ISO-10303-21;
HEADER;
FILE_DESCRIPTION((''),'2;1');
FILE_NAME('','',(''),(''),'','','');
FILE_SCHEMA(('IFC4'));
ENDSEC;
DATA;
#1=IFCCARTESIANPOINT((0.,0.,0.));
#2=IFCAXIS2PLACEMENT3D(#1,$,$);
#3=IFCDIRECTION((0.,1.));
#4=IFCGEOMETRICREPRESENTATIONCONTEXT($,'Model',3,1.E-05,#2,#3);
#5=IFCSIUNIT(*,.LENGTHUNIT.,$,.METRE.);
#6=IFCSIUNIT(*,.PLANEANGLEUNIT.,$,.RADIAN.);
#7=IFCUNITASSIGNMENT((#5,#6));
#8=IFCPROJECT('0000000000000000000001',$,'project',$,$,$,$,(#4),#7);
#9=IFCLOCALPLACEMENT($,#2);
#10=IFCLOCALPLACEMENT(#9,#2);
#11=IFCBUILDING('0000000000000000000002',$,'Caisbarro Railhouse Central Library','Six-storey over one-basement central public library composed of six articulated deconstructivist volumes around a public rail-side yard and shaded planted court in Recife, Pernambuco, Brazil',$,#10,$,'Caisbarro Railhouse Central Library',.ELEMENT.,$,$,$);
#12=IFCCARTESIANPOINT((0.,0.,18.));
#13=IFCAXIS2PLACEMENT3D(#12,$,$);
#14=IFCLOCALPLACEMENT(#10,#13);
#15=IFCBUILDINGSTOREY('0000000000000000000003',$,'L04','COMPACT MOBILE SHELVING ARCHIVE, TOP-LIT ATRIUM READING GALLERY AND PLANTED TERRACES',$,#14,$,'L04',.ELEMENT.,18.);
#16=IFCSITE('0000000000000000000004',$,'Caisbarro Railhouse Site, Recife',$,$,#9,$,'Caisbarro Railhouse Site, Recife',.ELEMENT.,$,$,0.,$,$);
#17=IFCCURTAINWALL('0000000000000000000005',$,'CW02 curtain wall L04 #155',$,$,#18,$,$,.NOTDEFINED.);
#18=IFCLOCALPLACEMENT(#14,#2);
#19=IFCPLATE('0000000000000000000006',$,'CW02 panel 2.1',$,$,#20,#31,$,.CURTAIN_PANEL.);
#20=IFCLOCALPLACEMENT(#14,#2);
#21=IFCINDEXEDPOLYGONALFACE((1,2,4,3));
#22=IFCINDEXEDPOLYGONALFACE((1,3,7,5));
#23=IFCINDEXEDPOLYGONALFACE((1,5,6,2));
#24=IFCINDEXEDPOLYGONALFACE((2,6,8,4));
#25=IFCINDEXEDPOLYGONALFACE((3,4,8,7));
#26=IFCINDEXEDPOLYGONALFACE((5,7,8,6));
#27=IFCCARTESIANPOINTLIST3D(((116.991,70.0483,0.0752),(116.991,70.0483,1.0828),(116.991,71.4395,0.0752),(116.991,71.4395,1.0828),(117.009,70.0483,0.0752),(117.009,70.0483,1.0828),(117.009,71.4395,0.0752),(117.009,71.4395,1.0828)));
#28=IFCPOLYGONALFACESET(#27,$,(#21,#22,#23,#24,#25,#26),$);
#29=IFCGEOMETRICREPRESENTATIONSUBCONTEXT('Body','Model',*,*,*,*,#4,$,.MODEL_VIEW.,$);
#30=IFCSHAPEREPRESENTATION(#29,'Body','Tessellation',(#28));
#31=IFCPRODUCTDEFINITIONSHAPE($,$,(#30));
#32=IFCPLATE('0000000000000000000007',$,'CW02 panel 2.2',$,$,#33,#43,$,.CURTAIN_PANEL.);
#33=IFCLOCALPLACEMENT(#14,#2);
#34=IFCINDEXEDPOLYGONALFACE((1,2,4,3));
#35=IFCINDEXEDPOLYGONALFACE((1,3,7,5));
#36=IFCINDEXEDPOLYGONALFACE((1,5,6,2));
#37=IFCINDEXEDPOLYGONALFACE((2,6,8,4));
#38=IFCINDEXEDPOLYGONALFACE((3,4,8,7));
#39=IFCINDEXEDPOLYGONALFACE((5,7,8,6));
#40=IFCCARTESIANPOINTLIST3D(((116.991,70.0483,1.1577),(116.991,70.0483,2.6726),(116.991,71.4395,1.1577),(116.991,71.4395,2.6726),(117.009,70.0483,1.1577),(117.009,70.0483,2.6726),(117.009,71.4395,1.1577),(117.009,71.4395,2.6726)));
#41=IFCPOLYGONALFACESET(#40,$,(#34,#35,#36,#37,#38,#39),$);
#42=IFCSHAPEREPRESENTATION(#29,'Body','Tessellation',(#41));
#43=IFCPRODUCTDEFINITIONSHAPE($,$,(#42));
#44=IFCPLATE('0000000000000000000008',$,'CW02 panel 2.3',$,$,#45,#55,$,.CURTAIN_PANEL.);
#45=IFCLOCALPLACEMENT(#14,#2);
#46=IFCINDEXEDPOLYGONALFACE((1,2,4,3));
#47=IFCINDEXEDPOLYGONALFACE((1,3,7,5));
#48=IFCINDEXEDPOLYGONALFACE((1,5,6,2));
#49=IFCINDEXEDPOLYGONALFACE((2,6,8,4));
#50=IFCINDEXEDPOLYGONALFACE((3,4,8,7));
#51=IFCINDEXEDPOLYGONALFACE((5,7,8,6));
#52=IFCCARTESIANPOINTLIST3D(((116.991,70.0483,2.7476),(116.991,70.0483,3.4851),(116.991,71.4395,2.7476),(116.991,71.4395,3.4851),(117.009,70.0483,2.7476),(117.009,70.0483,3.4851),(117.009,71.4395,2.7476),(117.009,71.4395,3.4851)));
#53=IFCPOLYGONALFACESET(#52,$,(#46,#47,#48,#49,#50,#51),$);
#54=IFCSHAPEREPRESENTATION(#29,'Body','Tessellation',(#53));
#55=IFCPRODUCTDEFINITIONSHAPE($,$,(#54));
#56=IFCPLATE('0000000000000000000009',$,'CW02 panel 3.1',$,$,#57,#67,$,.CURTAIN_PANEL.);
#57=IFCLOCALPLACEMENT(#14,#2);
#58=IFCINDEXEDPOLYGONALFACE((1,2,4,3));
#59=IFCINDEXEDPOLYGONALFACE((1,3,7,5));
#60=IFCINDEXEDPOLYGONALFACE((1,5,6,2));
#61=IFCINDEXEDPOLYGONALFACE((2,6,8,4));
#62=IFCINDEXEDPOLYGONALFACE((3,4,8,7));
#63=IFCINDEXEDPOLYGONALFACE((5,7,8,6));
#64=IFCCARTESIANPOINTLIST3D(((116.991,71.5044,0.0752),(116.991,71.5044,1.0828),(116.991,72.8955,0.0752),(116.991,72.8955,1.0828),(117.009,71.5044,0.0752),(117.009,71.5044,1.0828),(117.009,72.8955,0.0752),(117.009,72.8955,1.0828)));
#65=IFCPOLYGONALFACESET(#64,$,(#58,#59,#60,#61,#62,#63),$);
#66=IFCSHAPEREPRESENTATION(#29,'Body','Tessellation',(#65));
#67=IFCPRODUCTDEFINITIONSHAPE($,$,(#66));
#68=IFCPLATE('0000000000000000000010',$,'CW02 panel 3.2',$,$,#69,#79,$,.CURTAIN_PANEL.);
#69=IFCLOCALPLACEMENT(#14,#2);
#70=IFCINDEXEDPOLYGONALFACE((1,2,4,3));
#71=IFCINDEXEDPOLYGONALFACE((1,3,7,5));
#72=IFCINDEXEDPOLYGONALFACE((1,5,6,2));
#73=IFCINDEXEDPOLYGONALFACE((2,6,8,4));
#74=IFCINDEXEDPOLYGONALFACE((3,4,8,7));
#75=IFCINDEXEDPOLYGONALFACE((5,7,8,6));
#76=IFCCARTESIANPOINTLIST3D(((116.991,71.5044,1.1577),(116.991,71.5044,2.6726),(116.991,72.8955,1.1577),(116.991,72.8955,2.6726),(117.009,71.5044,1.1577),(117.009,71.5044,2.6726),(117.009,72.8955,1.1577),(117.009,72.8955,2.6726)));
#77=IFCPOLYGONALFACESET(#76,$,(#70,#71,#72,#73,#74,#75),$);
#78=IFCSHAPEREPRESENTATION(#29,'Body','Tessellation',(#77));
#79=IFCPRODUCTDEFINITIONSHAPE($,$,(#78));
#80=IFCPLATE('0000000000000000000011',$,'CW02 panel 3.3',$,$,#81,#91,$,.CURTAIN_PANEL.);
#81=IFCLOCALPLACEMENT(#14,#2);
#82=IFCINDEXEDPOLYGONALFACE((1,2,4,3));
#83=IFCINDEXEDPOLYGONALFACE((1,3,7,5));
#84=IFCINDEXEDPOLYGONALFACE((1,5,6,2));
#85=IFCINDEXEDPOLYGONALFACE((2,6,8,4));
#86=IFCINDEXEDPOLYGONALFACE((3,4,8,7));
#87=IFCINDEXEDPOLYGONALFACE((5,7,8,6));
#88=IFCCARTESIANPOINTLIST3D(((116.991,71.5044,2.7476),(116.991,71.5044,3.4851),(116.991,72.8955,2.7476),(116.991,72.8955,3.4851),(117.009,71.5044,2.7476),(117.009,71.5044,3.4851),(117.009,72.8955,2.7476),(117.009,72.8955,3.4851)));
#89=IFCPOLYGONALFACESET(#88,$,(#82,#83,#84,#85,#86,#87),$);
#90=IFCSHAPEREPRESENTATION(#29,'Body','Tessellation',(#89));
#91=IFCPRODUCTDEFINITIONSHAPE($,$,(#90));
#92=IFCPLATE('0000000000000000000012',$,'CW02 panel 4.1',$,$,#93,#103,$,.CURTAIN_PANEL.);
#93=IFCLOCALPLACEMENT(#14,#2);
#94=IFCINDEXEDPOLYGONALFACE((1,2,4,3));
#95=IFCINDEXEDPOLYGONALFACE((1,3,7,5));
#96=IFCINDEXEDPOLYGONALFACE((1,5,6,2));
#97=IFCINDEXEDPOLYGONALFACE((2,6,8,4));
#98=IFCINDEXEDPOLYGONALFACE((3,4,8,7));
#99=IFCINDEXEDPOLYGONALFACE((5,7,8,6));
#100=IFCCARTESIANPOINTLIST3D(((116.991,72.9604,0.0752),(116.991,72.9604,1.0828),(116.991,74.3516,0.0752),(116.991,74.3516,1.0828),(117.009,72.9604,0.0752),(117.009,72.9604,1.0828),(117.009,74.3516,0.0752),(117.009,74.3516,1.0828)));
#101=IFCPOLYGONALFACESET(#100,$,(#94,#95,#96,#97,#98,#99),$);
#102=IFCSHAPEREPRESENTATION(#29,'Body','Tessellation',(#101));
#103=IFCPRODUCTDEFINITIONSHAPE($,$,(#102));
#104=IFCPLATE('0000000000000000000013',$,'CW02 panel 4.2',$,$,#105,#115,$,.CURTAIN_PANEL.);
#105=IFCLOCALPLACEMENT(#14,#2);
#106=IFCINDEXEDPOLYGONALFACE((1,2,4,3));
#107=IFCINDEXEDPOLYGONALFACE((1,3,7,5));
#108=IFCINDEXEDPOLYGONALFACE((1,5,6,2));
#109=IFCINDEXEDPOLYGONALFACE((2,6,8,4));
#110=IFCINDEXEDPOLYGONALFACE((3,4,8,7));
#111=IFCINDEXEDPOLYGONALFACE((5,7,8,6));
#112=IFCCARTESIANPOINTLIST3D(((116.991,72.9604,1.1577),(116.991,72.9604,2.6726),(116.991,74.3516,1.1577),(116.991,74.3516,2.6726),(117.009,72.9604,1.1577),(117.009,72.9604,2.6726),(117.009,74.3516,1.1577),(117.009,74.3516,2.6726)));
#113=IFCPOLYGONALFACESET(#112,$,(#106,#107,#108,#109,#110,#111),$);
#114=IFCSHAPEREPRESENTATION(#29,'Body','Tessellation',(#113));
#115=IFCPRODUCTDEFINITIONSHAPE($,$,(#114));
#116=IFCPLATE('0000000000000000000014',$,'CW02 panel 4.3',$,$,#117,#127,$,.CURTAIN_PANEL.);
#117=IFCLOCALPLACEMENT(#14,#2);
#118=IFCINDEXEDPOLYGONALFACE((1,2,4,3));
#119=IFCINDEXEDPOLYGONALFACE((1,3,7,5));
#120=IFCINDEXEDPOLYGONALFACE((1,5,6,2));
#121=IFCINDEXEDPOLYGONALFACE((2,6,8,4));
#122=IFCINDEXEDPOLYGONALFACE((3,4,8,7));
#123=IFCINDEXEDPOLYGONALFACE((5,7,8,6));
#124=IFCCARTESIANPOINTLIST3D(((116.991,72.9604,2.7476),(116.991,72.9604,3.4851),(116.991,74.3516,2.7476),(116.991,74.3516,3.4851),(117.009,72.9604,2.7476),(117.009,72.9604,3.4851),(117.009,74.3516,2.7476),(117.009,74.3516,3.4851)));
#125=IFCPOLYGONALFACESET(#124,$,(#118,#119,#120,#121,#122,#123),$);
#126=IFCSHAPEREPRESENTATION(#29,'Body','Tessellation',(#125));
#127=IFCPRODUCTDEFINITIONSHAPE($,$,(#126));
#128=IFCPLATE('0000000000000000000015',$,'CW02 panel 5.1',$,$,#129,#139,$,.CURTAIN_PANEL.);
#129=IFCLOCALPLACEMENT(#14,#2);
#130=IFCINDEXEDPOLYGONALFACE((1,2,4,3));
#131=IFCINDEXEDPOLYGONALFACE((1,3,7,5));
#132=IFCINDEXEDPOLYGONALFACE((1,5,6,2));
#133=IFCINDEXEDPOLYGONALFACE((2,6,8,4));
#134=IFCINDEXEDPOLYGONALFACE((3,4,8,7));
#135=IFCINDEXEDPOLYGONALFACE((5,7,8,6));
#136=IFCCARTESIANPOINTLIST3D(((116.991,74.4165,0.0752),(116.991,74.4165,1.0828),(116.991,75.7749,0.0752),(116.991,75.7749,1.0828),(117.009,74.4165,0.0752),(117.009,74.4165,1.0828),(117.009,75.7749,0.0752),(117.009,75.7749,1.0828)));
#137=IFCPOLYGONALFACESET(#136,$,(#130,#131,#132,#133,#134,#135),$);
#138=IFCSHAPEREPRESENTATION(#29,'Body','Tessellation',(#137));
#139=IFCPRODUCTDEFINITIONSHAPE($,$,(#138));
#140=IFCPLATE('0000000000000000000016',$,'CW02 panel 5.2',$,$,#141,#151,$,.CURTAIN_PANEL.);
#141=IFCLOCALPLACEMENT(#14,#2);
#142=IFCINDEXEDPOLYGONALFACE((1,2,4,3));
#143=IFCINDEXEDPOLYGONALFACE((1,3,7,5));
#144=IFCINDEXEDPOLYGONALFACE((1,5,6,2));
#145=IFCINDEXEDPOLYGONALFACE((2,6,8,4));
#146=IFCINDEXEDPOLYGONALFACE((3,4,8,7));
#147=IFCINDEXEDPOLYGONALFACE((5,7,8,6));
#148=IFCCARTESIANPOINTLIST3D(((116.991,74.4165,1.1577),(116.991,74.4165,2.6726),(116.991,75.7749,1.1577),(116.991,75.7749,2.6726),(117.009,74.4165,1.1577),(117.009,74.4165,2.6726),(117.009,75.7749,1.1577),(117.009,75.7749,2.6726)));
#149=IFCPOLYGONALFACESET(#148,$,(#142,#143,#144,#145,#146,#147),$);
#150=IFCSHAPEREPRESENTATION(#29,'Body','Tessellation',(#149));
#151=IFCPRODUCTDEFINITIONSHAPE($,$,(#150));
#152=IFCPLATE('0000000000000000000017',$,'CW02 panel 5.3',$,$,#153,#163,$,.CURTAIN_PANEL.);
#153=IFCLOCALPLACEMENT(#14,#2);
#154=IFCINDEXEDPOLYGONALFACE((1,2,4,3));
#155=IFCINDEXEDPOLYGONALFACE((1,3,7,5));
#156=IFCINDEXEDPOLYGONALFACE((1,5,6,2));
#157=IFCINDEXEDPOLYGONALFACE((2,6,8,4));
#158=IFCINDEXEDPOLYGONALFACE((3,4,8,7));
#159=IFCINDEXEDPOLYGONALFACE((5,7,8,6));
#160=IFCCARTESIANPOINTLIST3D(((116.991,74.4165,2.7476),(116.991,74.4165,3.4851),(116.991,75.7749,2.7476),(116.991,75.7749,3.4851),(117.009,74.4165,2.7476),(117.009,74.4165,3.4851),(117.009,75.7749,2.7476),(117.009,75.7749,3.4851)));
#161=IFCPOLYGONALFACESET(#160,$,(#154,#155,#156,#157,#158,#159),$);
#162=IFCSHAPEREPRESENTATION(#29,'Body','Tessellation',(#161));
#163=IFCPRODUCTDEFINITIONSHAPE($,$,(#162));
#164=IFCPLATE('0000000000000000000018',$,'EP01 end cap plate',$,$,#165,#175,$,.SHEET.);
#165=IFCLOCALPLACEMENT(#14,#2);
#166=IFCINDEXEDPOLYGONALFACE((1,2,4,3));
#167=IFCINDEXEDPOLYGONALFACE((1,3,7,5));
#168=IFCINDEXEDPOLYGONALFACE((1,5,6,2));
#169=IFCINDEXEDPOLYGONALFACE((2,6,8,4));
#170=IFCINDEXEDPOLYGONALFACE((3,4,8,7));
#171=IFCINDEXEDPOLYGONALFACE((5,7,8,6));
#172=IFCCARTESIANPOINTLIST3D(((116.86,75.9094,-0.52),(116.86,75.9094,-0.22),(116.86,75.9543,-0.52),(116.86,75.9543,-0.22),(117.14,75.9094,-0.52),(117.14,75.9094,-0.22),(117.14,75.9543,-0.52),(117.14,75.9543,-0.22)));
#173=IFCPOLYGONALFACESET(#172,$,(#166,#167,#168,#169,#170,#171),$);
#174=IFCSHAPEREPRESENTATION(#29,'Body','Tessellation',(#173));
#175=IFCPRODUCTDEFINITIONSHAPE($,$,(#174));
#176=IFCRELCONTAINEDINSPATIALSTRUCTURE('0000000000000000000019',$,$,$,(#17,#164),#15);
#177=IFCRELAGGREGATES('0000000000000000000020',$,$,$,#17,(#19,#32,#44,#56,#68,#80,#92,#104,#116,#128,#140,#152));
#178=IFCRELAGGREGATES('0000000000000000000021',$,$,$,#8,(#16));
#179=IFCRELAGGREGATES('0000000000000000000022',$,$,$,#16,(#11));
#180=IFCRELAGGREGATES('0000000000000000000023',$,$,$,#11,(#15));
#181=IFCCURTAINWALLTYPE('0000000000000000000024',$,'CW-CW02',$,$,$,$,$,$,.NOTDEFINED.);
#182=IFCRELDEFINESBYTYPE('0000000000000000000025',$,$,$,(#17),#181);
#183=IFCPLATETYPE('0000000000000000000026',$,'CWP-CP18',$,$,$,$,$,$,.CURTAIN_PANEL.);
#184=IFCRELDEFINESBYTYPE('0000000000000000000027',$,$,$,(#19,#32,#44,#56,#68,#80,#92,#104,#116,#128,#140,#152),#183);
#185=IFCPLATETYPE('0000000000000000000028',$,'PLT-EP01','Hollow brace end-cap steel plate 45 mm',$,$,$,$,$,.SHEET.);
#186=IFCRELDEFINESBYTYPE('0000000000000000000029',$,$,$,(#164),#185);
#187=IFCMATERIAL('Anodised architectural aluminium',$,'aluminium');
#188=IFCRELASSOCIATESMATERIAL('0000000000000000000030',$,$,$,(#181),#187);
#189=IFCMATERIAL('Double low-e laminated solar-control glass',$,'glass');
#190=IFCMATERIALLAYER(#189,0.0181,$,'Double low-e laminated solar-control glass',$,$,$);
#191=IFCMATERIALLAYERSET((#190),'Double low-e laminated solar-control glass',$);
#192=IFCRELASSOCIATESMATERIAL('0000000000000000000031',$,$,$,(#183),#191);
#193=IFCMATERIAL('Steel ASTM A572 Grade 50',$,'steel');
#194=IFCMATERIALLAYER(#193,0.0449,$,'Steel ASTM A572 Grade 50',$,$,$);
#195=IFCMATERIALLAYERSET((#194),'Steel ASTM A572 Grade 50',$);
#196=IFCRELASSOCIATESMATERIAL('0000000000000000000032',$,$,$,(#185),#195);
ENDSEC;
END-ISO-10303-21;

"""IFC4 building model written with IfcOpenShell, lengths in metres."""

from ifc_helpers import new_model, si_unit, direction, frame, origin, origin_2d, place, context, subcontext, project, spatial, rectangle, extrude, material, layer, layer_set, type_object, element, aggregate, save


model = new_model("IFC4")

# Units and contexts
model_context = context("Model", 3, precision=1e-05, world=origin(), true_north=direction((0.0, 1.0)))
body_context = subcontext(model_context, "Body", "Model", "MODEL_VIEW")
ifc_project = project(units=[si_unit("LENGTHUNIT", "METRE"), si_unit("PLANEANGLEUNIT", "RADIAN")], contexts=[model_context])

# Site, building, storey
site_placement = place(None, origin())
site = spatial("IfcSite", under=ifc_project, at=site_placement, Name="Caisbarro Railhouse Site, Recife", LongName="Caisbarro Railhouse Site, Recife", CompositionType="ELEMENT", RefElevation=0.0)
building_placement = place(site_placement, origin())
building = spatial("IfcBuilding", under=site, at=building_placement, Name="Caisbarro Railhouse Central Library", Description="Six-storey over one-basement central public library composed of six articulated deconstructivist volumes around a public rail-side yard and shaded planted court in Recife, Pernambuco, Brazil", LongName="Caisbarro Railhouse Central Library", CompositionType="ELEMENT")
storey_placement = place(building_placement, frame((0.0, 0.0, 18.0)))
storey = spatial("IfcBuildingStorey", under=building, at=storey_placement, Name="L04", Description="COMPACT MOBILE SHELVING ARCHIVE, TOP-LIT ATRIUM READING GALLERY AND PLANTED TERRACES", LongName="L04", CompositionType="ELEMENT", Elevation=18.0)

# Curtain wall, plates
ifc_material_1 = material(Name="Anodised architectural aluminium", Category="aluminium")
curtain_wall_type = type_object("IfcCurtainWallType", Name="CW-CW02", PredefinedType="NOTDEFINED", material=ifc_material_1)
curtain_wall_placement = place(storey_placement, origin())
curtain_wall = element("IfcCurtainWall", 1, at=curtain_wall_placement, inside=storey, type_object=curtain_wall_type, Name="CW02 curtain wall L04 #155", PredefinedType="NOTDEFINED")
ifc_material_2 = material(Name="Double low-e laminated solar-control glass", Category="glass")
ifc_layer_1 = layer(ifc_material_2, 0.0181, Name="Double low-e laminated solar-control glass")
ifc_layer_set_1 = layer_set([ifc_layer_1], Name="Double low-e laminated solar-control glass")
plate_type_1 = type_object("IfcPlateType", Name="CWP-CP18", PredefinedType="CURTAIN_PANEL", material=ifc_layer_set_1)
plate_1_placement = place(storey_placement, frame((117.0, 70.7439, 0.0752), z_axis=(0.0, 0.0, 1.0), x_axis=(0.0, 1.0, 0.0)))
plate_1 = element("IfcPlate", 2, at=plate_1_placement, type_object=plate_type_1, Name="CW02 panel 2.1", PredefinedType="CURTAIN_PANEL", context=body_context, shape_type="SweptSolid", body=[
    extrude(rectangle(XDim=1.3911, YDim=0.0181, at=origin_2d()), origin(), (0.0, 0.0, 1.0), 1.0076),
])
plate_2_placement = place(storey_placement, frame((117.0, 70.7439, 1.1577), z_axis=(0.0, 0.0, 1.0), x_axis=(0.0, 1.0, 0.0)))
plate_2 = element("IfcPlate", 3, at=plate_2_placement, type_object=plate_type_1, Name="CW02 panel 2.2", PredefinedType="CURTAIN_PANEL", context=body_context, shape_type="SweptSolid", body=[
    extrude(rectangle(XDim=1.3911, YDim=0.0181, at=origin_2d()), origin(), (0.0, 0.0, 1.0), 1.5149),
])
plate_3_placement = place(storey_placement, frame((117.0, 70.7439, 2.7476), z_axis=(0.0, 0.0, 1.0), x_axis=(0.0, 1.0, 0.0)))
plate_3 = element("IfcPlate", 4, at=plate_3_placement, type_object=plate_type_1, Name="CW02 panel 2.3", PredefinedType="CURTAIN_PANEL", context=body_context, shape_type="SweptSolid", body=[
    extrude(rectangle(XDim=1.3911, YDim=0.0181, at=origin_2d()), origin(), (0.0, 0.0, 1.0), 0.7375),
])
plate_4_placement = place(storey_placement, frame((117.0, 72.2, 0.0752), z_axis=(0.0, 0.0, 1.0), x_axis=(0.0, 1.0, 0.0)))
plate_4 = element("IfcPlate", 5, at=plate_4_placement, type_object=plate_type_1, Name="CW02 panel 3.1", PredefinedType="CURTAIN_PANEL", context=body_context, shape_type="SweptSolid", body=[
    extrude(rectangle(XDim=1.3911, YDim=0.0181, at=origin_2d()), origin(), (0.0, 0.0, 1.0), 1.0076),
])
plate_5_placement = place(storey_placement, frame((117.0, 72.2, 1.1577), z_axis=(0.0, 0.0, 1.0), x_axis=(0.0, 1.0, 0.0)))
plate_5 = element("IfcPlate", 6, at=plate_5_placement, type_object=plate_type_1, Name="CW02 panel 3.2", PredefinedType="CURTAIN_PANEL", context=body_context, shape_type="SweptSolid", body=[
    extrude(rectangle(XDim=1.3911, YDim=0.0181, at=origin_2d()), origin(), (0.0, 0.0, 1.0), 1.5149),
])
plate_6_placement = place(storey_placement, frame((117.0, 72.2, 2.7476), z_axis=(0.0, 0.0, 1.0), x_axis=(0.0, 1.0, 0.0)))
plate_6 = element("IfcPlate", 7, at=plate_6_placement, type_object=plate_type_1, Name="CW02 panel 3.3", PredefinedType="CURTAIN_PANEL", context=body_context, shape_type="SweptSolid", body=[
    extrude(rectangle(XDim=1.3911, YDim=0.0181, at=origin_2d()), origin(), (0.0, 0.0, 1.0), 0.7375),
])
plate_7_placement = place(storey_placement, frame((117.0, 73.656, 0.0752), z_axis=(0.0, 0.0, 1.0), x_axis=(0.0, 1.0, 0.0)))
plate_7 = element("IfcPlate", 8, at=plate_7_placement, type_object=plate_type_1, Name="CW02 panel 4.1", PredefinedType="CURTAIN_PANEL", context=body_context, shape_type="SweptSolid", body=[
    extrude(rectangle(XDim=1.3911, YDim=0.0181, at=origin_2d()), origin(), (0.0, 0.0, 1.0), 1.0076),
])
plate_8_placement = place(storey_placement, frame((117.0, 73.656, 1.1577), z_axis=(0.0, 0.0, 1.0), x_axis=(0.0, 1.0, 0.0)))
plate_8 = element("IfcPlate", 9, at=plate_8_placement, type_object=plate_type_1, Name="CW02 panel 4.2", PredefinedType="CURTAIN_PANEL", context=body_context, shape_type="SweptSolid", body=[
    extrude(rectangle(XDim=1.3911, YDim=0.0181, at=origin_2d()), origin(), (0.0, 0.0, 1.0), 1.5149),
])
plate_9_placement = place(storey_placement, frame((117.0, 73.656, 2.7476), z_axis=(0.0, 0.0, 1.0), x_axis=(0.0, 1.0, 0.0)))
plate_9 = element("IfcPlate", 10, at=plate_9_placement, type_object=plate_type_1, Name="CW02 panel 4.3", PredefinedType="CURTAIN_PANEL", context=body_context, shape_type="SweptSolid", body=[
    extrude(rectangle(XDim=1.3911, YDim=0.0181, at=origin_2d()), origin(), (0.0, 0.0, 1.0), 0.7375),
])
plate_10_placement = place(storey_placement, frame((117.0, 75.0957, 0.0752), z_axis=(0.0, 0.0, 1.0), x_axis=(0.0, 1.0, 0.0)))
plate_10 = element("IfcPlate", 11, at=plate_10_placement, type_object=plate_type_1, Name="CW02 panel 5.1", PredefinedType="CURTAIN_PANEL", context=body_context, shape_type="SweptSolid", body=[
    extrude(rectangle(XDim=1.3584, YDim=0.0181, at=origin_2d()), origin(), (0.0, 0.0, 1.0), 1.0076),
])
plate_11_placement = place(storey_placement, frame((117.0, 75.0957, 1.1577), z_axis=(0.0, 0.0, 1.0), x_axis=(0.0, 1.0, 0.0)))
plate_11 = element("IfcPlate", 12, at=plate_11_placement, type_object=plate_type_1, Name="CW02 panel 5.2", PredefinedType="CURTAIN_PANEL", context=body_context, shape_type="SweptSolid", body=[
    extrude(rectangle(XDim=1.3584, YDim=0.0181, at=origin_2d()), origin(), (0.0, 0.0, 1.0), 1.5149),
])
plate_12_placement = place(storey_placement, frame((117.0, 75.0957, 2.7476), z_axis=(0.0, 0.0, 1.0), x_axis=(0.0, 1.0, 0.0)))
plate_12 = element("IfcPlate", 13, at=plate_12_placement, type_object=plate_type_1, Name="CW02 panel 5.3", PredefinedType="CURTAIN_PANEL", context=body_context, shape_type="SweptSolid", body=[
    extrude(rectangle(XDim=1.3584, YDim=0.0181, at=origin_2d()), origin(), (0.0, 0.0, 1.0), 0.7375),
])
aggregate(curtain_wall, [plate_1, plate_2, plate_3, plate_4, plate_5, plate_6, plate_7, plate_8, plate_9, plate_10, plate_11, plate_12])

# Plate
ifc_material_3 = material(Name="Steel ASTM A572 Grade 50", Category="steel")
ifc_layer_2 = layer(ifc_material_3, 0.0449, Name="Steel ASTM A572 Grade 50")
ifc_layer_set_2 = layer_set([ifc_layer_2], Name="Steel ASTM A572 Grade 50")
plate_type_2 = type_object("IfcPlateType", Name="PLT-EP01", Description="Hollow brace end-cap steel plate 45 mm", PredefinedType="SHEET", material=ifc_layer_set_2)
plate_13_placement = place(storey_placement, frame((117.0, 75.9319, -0.52), z_axis=(0.0, 0.0, 1.0), x_axis=(0.0, 1.0, 0.0)))
element("IfcPlate", 14, at=plate_13_placement, inside=storey, type_object=plate_type_2, Name="EP01 end cap plate", PredefinedType="SHEET", context=body_context, shape_type="SweptSolid", body=[
    extrude(rectangle(XDim=0.0449, YDim=0.28, at=origin_2d()), origin(), (0.0, 0.0, 1.0), 0.3),
])

save(model, "model.ifc")
